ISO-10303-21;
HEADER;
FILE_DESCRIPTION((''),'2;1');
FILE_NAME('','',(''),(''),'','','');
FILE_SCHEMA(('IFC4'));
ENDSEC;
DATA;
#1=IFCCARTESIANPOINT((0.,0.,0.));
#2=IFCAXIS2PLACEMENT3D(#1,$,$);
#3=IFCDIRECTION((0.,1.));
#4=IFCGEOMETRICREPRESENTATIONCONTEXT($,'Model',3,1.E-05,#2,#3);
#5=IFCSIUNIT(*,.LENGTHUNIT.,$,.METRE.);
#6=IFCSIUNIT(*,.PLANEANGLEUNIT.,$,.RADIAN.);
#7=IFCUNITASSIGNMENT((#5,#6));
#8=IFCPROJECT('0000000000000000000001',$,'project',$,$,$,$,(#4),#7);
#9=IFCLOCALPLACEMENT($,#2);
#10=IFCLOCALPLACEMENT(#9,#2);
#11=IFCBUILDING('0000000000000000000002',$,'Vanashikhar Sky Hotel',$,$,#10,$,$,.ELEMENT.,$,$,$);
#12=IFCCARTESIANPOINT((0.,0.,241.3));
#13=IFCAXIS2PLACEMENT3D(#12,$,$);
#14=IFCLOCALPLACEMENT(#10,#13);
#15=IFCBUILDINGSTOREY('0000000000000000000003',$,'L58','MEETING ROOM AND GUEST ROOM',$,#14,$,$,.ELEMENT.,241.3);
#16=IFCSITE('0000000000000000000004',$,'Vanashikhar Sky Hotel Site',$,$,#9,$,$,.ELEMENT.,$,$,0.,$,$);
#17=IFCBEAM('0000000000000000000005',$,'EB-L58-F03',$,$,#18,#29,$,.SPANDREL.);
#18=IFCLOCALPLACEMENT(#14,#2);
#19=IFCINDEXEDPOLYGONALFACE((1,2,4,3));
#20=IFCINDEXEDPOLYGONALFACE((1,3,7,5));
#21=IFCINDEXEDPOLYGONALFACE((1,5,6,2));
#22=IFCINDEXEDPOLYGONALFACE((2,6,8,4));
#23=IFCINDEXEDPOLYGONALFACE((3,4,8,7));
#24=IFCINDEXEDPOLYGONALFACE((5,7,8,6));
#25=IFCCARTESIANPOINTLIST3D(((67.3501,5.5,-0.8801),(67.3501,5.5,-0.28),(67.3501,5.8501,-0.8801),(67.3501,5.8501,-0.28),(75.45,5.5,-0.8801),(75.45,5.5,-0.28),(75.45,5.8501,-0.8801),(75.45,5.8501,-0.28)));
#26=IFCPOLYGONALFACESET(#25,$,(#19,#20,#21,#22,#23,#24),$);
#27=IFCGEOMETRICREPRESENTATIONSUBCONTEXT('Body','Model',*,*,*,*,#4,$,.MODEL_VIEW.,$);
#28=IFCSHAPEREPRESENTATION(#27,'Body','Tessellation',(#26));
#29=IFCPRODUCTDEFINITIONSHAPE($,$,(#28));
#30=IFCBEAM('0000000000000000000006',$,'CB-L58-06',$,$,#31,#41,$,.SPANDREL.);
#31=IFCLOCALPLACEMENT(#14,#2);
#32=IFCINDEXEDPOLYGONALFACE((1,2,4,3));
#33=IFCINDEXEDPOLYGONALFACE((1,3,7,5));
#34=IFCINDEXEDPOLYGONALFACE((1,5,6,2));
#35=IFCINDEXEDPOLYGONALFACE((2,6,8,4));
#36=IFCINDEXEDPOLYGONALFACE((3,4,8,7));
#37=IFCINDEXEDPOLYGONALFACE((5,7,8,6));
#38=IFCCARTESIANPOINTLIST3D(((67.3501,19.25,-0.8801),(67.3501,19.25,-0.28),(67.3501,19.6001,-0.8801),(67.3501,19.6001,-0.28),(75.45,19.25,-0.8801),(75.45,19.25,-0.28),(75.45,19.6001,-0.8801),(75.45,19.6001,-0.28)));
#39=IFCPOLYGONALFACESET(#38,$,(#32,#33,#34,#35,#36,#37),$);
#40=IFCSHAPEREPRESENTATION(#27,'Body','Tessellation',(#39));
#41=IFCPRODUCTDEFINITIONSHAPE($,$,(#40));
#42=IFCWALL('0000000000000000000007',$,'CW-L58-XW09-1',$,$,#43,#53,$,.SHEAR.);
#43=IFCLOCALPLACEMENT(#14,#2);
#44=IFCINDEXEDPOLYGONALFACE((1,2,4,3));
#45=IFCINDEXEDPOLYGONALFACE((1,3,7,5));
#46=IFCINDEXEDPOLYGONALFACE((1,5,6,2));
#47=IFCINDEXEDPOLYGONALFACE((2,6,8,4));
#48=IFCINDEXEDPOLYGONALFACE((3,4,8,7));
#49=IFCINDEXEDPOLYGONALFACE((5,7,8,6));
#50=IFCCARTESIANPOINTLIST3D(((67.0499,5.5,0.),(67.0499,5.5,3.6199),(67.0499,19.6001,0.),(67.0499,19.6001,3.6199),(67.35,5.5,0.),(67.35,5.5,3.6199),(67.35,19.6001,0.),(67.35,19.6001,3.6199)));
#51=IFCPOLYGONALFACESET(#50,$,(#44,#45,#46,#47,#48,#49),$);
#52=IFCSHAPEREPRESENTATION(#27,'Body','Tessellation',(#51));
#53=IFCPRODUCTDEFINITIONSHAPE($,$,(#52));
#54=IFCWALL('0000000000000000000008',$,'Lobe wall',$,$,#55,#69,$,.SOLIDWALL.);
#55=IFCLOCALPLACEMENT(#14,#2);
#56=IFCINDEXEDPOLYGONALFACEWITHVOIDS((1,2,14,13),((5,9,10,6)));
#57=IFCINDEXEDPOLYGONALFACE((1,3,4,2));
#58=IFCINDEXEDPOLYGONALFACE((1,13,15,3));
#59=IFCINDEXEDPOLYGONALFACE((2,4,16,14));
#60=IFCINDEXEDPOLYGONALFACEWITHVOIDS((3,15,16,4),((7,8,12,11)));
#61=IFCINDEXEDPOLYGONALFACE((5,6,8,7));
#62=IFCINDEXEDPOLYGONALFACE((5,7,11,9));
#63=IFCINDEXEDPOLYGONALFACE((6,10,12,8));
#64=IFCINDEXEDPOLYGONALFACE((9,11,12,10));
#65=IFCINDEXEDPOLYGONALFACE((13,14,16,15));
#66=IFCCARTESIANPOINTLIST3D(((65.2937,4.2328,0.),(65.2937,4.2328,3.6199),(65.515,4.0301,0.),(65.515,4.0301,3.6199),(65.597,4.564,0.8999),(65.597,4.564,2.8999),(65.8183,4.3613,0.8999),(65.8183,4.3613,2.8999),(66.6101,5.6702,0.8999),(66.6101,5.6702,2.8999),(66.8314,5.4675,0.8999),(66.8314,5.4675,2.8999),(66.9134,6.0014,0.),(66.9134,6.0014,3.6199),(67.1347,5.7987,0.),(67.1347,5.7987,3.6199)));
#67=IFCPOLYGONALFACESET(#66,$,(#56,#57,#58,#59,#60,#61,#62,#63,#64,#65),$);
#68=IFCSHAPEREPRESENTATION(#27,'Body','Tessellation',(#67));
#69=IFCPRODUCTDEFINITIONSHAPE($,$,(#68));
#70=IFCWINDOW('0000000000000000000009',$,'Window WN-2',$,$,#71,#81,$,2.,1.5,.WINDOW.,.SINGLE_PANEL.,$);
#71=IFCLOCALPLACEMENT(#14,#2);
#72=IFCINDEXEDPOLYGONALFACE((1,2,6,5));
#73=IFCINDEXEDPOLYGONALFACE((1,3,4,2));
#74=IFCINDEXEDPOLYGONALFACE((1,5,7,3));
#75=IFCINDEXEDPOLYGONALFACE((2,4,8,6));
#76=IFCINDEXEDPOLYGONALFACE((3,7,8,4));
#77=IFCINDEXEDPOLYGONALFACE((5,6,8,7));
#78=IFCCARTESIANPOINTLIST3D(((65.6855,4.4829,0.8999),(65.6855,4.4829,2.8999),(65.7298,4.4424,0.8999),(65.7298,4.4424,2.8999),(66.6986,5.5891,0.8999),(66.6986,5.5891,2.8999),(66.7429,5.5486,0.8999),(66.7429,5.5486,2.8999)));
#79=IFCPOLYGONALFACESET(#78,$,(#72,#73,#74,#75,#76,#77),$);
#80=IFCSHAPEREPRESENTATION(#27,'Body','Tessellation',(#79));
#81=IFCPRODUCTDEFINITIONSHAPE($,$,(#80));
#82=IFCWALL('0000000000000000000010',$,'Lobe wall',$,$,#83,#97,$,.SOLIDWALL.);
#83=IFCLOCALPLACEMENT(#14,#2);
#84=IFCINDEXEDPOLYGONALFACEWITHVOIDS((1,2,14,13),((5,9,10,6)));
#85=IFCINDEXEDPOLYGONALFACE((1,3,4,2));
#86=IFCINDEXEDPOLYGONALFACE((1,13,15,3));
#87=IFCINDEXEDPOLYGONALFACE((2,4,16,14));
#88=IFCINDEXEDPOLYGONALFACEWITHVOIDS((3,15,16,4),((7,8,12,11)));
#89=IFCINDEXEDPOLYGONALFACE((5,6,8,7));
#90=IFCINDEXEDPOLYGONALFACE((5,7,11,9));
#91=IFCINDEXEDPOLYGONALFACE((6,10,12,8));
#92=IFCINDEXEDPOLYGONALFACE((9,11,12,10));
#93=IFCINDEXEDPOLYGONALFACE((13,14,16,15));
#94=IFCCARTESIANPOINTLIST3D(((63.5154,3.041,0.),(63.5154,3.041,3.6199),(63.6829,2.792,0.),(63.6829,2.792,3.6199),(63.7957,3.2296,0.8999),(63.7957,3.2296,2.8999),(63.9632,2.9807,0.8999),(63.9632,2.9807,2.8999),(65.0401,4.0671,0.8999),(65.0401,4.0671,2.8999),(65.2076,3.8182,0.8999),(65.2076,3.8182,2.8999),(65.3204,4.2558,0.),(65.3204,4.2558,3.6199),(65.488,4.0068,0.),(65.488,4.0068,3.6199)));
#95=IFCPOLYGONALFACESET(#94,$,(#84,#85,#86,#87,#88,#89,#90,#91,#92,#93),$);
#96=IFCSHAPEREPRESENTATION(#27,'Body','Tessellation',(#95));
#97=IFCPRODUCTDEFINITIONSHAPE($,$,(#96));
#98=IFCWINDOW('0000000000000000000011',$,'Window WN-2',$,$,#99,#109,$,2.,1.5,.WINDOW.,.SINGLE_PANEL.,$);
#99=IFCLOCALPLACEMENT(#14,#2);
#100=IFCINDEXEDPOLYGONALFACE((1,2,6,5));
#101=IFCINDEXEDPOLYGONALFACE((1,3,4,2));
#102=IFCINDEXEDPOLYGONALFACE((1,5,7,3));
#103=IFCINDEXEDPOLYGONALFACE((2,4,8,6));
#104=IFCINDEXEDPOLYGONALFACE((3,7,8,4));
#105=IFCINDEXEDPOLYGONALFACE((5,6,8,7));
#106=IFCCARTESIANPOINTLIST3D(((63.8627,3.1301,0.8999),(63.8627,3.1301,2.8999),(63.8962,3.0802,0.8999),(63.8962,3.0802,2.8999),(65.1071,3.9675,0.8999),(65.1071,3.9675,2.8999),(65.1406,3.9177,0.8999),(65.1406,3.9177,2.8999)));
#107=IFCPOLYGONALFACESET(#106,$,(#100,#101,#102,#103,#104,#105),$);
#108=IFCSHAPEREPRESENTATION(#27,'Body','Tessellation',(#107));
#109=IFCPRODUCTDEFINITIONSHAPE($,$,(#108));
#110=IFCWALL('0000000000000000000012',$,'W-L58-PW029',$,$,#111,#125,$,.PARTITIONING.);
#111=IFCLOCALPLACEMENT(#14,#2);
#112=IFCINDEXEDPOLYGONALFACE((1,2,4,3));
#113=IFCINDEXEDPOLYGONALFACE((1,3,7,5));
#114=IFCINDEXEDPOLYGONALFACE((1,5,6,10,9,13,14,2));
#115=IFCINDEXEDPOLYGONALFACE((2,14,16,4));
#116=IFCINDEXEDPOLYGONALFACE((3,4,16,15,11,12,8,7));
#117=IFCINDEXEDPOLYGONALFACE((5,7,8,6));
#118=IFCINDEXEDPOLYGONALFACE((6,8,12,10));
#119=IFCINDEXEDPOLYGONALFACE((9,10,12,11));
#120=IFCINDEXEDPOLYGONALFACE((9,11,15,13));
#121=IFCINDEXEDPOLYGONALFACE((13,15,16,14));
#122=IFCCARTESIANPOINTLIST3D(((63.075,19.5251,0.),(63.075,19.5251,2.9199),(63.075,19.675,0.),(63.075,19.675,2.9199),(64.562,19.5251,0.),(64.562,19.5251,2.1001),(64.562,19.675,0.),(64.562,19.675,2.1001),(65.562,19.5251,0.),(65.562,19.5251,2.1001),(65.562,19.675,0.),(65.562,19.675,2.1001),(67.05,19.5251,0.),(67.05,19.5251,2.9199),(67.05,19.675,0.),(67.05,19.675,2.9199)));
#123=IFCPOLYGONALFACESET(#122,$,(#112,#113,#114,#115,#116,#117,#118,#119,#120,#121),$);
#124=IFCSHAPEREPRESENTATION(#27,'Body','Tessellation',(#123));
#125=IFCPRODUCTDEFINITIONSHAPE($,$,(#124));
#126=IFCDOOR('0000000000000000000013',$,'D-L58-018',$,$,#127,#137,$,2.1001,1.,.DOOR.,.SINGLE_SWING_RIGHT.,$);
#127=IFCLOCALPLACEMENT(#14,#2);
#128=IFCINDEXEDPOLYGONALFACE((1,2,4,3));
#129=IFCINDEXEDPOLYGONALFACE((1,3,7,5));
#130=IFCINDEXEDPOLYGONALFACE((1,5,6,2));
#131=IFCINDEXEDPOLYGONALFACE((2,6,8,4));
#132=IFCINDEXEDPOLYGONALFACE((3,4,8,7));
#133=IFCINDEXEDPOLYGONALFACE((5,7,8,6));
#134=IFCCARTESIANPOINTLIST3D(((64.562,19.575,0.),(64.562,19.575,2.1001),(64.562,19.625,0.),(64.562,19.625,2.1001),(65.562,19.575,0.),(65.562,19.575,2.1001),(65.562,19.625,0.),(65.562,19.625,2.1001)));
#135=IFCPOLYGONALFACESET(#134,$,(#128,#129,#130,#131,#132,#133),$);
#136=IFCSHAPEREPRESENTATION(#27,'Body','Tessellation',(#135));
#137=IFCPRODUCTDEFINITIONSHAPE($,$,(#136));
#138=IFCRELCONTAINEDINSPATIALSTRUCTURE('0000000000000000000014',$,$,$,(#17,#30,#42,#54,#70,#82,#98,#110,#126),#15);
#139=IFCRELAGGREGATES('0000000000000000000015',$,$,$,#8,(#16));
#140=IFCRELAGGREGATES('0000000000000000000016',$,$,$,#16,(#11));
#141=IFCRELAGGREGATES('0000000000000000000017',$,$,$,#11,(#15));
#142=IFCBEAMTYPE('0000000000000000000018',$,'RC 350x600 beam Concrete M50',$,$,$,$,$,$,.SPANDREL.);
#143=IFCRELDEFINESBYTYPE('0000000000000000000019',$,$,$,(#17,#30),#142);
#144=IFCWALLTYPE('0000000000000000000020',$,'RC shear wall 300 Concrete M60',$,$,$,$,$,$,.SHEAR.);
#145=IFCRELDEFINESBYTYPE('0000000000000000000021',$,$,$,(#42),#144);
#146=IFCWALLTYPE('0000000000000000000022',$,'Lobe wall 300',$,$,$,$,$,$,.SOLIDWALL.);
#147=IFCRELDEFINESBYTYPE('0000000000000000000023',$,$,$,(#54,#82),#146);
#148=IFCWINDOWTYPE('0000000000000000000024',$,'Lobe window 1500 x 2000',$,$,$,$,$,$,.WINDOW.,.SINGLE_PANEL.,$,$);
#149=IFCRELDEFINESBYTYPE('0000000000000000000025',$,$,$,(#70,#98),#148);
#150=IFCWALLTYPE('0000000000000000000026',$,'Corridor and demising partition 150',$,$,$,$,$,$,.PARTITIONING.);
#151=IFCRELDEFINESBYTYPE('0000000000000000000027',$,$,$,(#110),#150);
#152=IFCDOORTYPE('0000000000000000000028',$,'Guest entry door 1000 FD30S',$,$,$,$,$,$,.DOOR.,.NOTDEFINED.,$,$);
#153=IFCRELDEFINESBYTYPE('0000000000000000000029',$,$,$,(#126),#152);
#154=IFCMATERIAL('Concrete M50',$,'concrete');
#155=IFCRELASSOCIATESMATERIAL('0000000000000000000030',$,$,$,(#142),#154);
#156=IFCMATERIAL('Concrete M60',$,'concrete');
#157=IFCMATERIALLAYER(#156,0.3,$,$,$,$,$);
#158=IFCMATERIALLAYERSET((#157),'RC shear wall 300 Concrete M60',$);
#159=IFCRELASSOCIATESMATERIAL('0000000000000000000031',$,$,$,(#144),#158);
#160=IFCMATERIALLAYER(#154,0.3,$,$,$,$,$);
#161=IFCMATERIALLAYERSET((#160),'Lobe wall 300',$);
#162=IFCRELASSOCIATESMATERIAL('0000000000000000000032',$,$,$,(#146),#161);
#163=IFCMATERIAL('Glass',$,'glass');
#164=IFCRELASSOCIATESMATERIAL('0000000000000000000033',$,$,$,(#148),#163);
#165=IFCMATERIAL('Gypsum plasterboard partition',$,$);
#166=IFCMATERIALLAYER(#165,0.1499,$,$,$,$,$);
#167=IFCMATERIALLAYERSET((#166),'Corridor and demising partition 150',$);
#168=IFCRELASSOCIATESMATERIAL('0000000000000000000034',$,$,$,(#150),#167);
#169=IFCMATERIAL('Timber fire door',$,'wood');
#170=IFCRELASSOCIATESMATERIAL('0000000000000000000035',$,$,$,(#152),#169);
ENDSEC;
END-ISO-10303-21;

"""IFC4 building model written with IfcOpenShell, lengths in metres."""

from ifc_helpers import new_model, si_unit, direction, frame, frame_2d, origin, origin_2d, place, context, subcontext, project, spatial, rectangle, extrude, source, transform, mapped, material, layer, layer_set, material_profile, profile_set, type_object, element, fill, save


model = new_model("IFC4")

# Units and contexts
model_context = context("Model", 3, precision=1e-05, world=origin(), true_north=direction((0.0, 1.0)))
body_context = subcontext(model_context, "Body", "Model", "MODEL_VIEW")
ifc_project = project(units=[si_unit("LENGTHUNIT", "METRE"), si_unit("PLANEANGLEUNIT", "RADIAN")], contexts=[model_context])

# Site, building, storey
site_placement = place(None, origin())
site = spatial("IfcSite", under=ifc_project, at=site_placement, Name="Vanashikhar Sky Hotel Site", CompositionType="ELEMENT", RefElevation=0.0)
building_placement = place(site_placement, origin())
building = spatial("IfcBuilding", under=site, at=building_placement, Name="Vanashikhar Sky Hotel", CompositionType="ELEMENT")
storey_placement = place(building_placement, frame((0.0, 0.0, 241.3)))
storey = spatial("IfcBuildingStorey", under=building, at=storey_placement, Name="L58", Description="MEETING ROOM AND GUEST ROOM", CompositionType="ELEMENT", Elevation=241.3)

# Beams
ifc_material_1 = material(Name="Concrete M50", Category="concrete")
ifc_material_profile_1 = material_profile(ifc_material_1, rectangle(XDim=0.3501, YDim=0.6001, at=origin_2d()))
ifc_profile_set_1 = profile_set([ifc_material_profile_1], Name="RC 350x600 beam Concrete M50")
beam_type = type_object("IfcBeamType", Name="RC 350x600 beam Concrete M50", PredefinedType="SPANDREL", material=ifc_profile_set_1)
shared_shape_1 = source(origin(), body_context, "Body", "SweptSolid", [
    extrude(rectangle(XDim=0.3501, YDim=0.6001, at=origin_2d()), origin(), (0.0, 0.0, 1.0), 8.0999),
])
for number, where, z_axis, x_axis, name in (
    (1, (67.3501, 5.675, -0.5801), (1.0, 0.0, 0.0), (0.0, 1.0, 0.0), "EB-L58-F03"),
    (2, (67.3501, 19.425, -0.5801), (1.0, 0.0, 0.0), (0.0, 1.0, 0.0), "CB-L58-06"),
):
    element("IfcBeam", number, at=place(storey_placement, frame(where, z_axis=z_axis, x_axis=x_axis)), inside=storey, type_object=beam_type, Name=name, PredefinedType="SPANDREL", context=body_context, shape_type="MappedRepresentation", body=[
        mapped(shared_shape_1, transform((0.0, 0.0, 0.0), scale=1.0)),
    ])

# Wall
ifc_material_2 = material(Name="Concrete M60", Category="concrete")
ifc_layer_1 = layer(ifc_material_2, 0.3)
ifc_layer_set_1 = layer_set([ifc_layer_1], Name="RC shear wall 300 Concrete M60")
wall_type_1 = type_object("IfcWallType", Name="RC shear wall 300 Concrete M60", PredefinedType="SHEAR", material=ifc_layer_set_1)
shared_shape_2 = source(origin(), body_context, "Body", "SweptSolid", [
    extrude(rectangle(XDim=14.1001, YDim=0.3, at=frame_2d((7.05, 0.0))), origin(), (0.0, 0.0, 1.0), 3.6199),
])
wall_1_placement = place(storey_placement, frame((67.2, 5.5, 0.0), z_axis=(0.0, 0.0, 1.0), x_axis=(0.0, 1.0, 0.0)))
element("IfcWall", 3, at=wall_1_placement, inside=storey, type_object=wall_type_1, Name="CW-L58-XW09-1", PredefinedType="SHEAR", context=body_context, shape_type="MappedRepresentation", body=[
    mapped(shared_shape_2, transform((0.0, 0.0, 0.0), scale=1.0)),
])

# Shared definitions
ifc_material_3 = material(Name="Glass", Category="glass")

# Walls, openings, windows
ifc_layer_2 = layer(ifc_material_1, 0.3)
ifc_layer_set_2 = layer_set([ifc_layer_2], Name="Lobe wall 300")
wall_type_2 = type_object("IfcWallType", Name="Lobe wall 300", PredefinedType="SOLIDWALL", material=ifc_layer_set_2)
shared_shape_3 = source(origin(), body_context, "Body", "SweptSolid", [
    extrude(rectangle(XDim=2.3982, YDim=0.3, at=frame_2d((1.1992, 0.0))), origin(), (0.0, 0.0, 1.0), 3.6199),
])
wall_2_placement = place(storey_placement, frame((65.4043, 4.1313, 0.0), z_axis=(0.0, 0.0, 1.0), x_axis=(0.675374, 0.737475, 0.0)))
wall_2 = element("IfcWall", 4, at=wall_2_placement, inside=storey, type_object=wall_type_2, Name="Lobe wall", PredefinedType="SOLIDWALL", context=body_context, shape_type="MappedRepresentation", body=[
    mapped(shared_shape_3, transform((0.0, 0.0, 0.0), scale=1.0)),
])
shared_shape_4 = source(origin(), body_context, "Body", "SweptSolid", [
    extrude(rectangle(XDim=1.5, YDim=2.0, at=frame_2d((0.75, 1.0))), frame((0.0, 0.1602, 0.0), z_axis=(0.0, -1.0, 0.0), x_axis=(1.0, 0.0, 0.0)), (0.0, 0.0, 1.0), 0.3201),
])
opening_1_placement = place(wall_2_placement, frame((0.4492, 0.0, 0.8999)))
opening_1 = element("IfcOpeningElement", 5, at=opening_1_placement, cuts=wall_2, PredefinedType="OPENING", context=body_context, shape_type="MappedRepresentation", body=[
    mapped(shared_shape_4, transform((0.0, 0.0, 0.0), scale=1.0)),
])
window_type_1 = type_object("IfcWindowType", Name="Lobe window 1500 x 2000", PartitioningType="SINGLE_PANEL", PredefinedType="WINDOW", material=ifc_material_3)
shared_shape_5 = source(origin(), body_context, "Body", "SweptSolid", [
    extrude(rectangle(XDim=1.5, YDim=2.0, at=frame_2d((0.75, 1.0))), frame((0.0, 0.03, 0.0), z_axis=(0.0, -1.0, 0.0), x_axis=(1.0, 0.0, 0.0)), (0.0, 0.0, 1.0), 0.0601),
])
window_1_placement = place(opening_1_placement, origin())
window_1 = element("IfcWindow", 6, at=window_1_placement, inside=storey, type_object=window_type_1, Name="Window WN-2", OverallHeight=2.0, OverallWidth=1.5, PartitioningType="SINGLE_PANEL", PredefinedType="WINDOW", context=body_context, shape_type="MappedRepresentation", body=[
    mapped(shared_shape_5, transform((0.0, 0.0, 0.0), scale=1.0)),
])
fill(opening_1, window_1)
shared_shape_6 = source(origin(), body_context, "Body", "SweptSolid", [
    extrude(rectangle(XDim=2.1758, YDim=0.3, at=frame_2d((1.0879, 0.0))), origin(), (0.0, 0.0, 1.0), 3.6199),
])
wall_3_placement = place(storey_placement, frame((63.5991, 2.9165, 0.0), z_axis=(0.0, 0.0, 1.0), x_axis=(0.829626, 0.55832, 0.0)))
wall_3 = element("IfcWall", 7, at=wall_3_placement, inside=storey, type_object=wall_type_2, Name="Lobe wall", PredefinedType="SOLIDWALL", context=body_context, shape_type="MappedRepresentation", body=[
    mapped(shared_shape_6, transform((0.0, 0.0, 0.0), scale=1.0)),
])
opening_2_placement = place(wall_3_placement, frame((0.3379, 0.0, 0.8999)))
opening_2 = element("IfcOpeningElement", 8, at=opening_2_placement, cuts=wall_3, PredefinedType="OPENING", context=body_context, shape_type="MappedRepresentation", body=[
    mapped(shared_shape_4, transform((0.0, 0.0, 0.0), scale=1.0)),
])
window_2_placement = place(opening_2_placement, origin())
window_2 = element("IfcWindow", 9, at=window_2_placement, inside=storey, type_object=window_type_1, Name="Window WN-2", OverallHeight=2.0, OverallWidth=1.5, PartitioningType="SINGLE_PANEL", PredefinedType="WINDOW", context=body_context, shape_type="MappedRepresentation", body=[
    mapped(shared_shape_5, transform((0.0, 0.0, 0.0), scale=1.0)),
])
fill(opening_2, window_2)

# Wall, opening, door
ifc_material_4 = material(Name="Gypsum plasterboard partition")
ifc_layer_3 = layer(ifc_material_4, 0.1499)
ifc_layer_set_3 = layer_set([ifc_layer_3], Name="Corridor and demising partition 150")
wall_type_3 = type_object("IfcWallType", Name="Corridor and demising partition 150", PredefinedType="PARTITIONING", material=ifc_layer_set_3)
shared_shape_7 = source(origin(), body_context, "Body", "SweptSolid", [
    extrude(rectangle(XDim=3.9751, YDim=0.1499, at=frame_2d((1.9875, 0.0))), origin(), (0.0, 0.0, 1.0), 2.9199),
])
wall_4_placement = place(storey_placement, frame((63.075, 19.6001, 0.0), z_axis=(0.0, 0.0, 1.0), x_axis=(1.0, 0.0, 0.0)))
wall_4 = element("IfcWall", 10, at=wall_4_placement, inside=storey, type_object=wall_type_3, Name="W-L58-PW029", PredefinedType="PARTITIONING", context=body_context, shape_type="MappedRepresentation", body=[
    mapped(shared_shape_7, transform((0.0, 0.0, 0.0), scale=1.0)),
])
shared_shape_8 = source(origin(), body_context, "Body", "SweptSolid", [
    extrude(rectangle(XDim=1.0, YDim=2.1001, at=frame_2d((0.5, 1.05))), frame((0.0, 0.085, 0.0), z_axis=(0.0, -1.0, 0.0), x_axis=(1.0, 0.0, 0.0)), (0.0, 0.0, 1.0), 0.1699),
])
opening_3_placement = place(wall_4_placement, frame((1.4871, 0.0, 0.0)))
opening_3 = element("IfcOpeningElement", 11, at=opening_3_placement, cuts=wall_4, PredefinedType="OPENING", context=body_context, shape_type="MappedRepresentation", body=[
    mapped(shared_shape_8, transform((0.0, 0.0, 0.0), scale=1.0)),
])
ifc_material_5 = material(Name="Timber fire door", Category="wood")
door_type_1 = type_object("IfcDoorType", Name="Guest entry door 1000 FD30S", OperationType="NOTDEFINED", PredefinedType="DOOR", material=ifc_material_5)
shared_shape_9 = source(origin(), body_context, "Body", "SweptSolid", [
    extrude(rectangle(XDim=1.0, YDim=2.1001, at=frame_2d((0.5, 1.05))), frame((0.0, 0.0249, 0.0), z_axis=(0.0, -1.0, 0.0), x_axis=(1.0, 0.0, 0.0)), (0.0, 0.0, 1.0), 0.05),
])
door_1_placement = place(opening_3_placement, origin())
door_1 = element("IfcDoor", 12, at=door_1_placement, inside=storey, type_object=door_type_1, Name="D-L58-018", OperationType="SINGLE_SWING_RIGHT", OverallHeight=2.1001, OverallWidth=1.0, PredefinedType="DOOR", context=body_context, shape_type="MappedRepresentation", body=[
    mapped(shared_shape_9, transform((0.0, 0.0, 0.0), scale=1.0)),
])
fill(opening_3, door_1)

save(model, "model.ifc")
